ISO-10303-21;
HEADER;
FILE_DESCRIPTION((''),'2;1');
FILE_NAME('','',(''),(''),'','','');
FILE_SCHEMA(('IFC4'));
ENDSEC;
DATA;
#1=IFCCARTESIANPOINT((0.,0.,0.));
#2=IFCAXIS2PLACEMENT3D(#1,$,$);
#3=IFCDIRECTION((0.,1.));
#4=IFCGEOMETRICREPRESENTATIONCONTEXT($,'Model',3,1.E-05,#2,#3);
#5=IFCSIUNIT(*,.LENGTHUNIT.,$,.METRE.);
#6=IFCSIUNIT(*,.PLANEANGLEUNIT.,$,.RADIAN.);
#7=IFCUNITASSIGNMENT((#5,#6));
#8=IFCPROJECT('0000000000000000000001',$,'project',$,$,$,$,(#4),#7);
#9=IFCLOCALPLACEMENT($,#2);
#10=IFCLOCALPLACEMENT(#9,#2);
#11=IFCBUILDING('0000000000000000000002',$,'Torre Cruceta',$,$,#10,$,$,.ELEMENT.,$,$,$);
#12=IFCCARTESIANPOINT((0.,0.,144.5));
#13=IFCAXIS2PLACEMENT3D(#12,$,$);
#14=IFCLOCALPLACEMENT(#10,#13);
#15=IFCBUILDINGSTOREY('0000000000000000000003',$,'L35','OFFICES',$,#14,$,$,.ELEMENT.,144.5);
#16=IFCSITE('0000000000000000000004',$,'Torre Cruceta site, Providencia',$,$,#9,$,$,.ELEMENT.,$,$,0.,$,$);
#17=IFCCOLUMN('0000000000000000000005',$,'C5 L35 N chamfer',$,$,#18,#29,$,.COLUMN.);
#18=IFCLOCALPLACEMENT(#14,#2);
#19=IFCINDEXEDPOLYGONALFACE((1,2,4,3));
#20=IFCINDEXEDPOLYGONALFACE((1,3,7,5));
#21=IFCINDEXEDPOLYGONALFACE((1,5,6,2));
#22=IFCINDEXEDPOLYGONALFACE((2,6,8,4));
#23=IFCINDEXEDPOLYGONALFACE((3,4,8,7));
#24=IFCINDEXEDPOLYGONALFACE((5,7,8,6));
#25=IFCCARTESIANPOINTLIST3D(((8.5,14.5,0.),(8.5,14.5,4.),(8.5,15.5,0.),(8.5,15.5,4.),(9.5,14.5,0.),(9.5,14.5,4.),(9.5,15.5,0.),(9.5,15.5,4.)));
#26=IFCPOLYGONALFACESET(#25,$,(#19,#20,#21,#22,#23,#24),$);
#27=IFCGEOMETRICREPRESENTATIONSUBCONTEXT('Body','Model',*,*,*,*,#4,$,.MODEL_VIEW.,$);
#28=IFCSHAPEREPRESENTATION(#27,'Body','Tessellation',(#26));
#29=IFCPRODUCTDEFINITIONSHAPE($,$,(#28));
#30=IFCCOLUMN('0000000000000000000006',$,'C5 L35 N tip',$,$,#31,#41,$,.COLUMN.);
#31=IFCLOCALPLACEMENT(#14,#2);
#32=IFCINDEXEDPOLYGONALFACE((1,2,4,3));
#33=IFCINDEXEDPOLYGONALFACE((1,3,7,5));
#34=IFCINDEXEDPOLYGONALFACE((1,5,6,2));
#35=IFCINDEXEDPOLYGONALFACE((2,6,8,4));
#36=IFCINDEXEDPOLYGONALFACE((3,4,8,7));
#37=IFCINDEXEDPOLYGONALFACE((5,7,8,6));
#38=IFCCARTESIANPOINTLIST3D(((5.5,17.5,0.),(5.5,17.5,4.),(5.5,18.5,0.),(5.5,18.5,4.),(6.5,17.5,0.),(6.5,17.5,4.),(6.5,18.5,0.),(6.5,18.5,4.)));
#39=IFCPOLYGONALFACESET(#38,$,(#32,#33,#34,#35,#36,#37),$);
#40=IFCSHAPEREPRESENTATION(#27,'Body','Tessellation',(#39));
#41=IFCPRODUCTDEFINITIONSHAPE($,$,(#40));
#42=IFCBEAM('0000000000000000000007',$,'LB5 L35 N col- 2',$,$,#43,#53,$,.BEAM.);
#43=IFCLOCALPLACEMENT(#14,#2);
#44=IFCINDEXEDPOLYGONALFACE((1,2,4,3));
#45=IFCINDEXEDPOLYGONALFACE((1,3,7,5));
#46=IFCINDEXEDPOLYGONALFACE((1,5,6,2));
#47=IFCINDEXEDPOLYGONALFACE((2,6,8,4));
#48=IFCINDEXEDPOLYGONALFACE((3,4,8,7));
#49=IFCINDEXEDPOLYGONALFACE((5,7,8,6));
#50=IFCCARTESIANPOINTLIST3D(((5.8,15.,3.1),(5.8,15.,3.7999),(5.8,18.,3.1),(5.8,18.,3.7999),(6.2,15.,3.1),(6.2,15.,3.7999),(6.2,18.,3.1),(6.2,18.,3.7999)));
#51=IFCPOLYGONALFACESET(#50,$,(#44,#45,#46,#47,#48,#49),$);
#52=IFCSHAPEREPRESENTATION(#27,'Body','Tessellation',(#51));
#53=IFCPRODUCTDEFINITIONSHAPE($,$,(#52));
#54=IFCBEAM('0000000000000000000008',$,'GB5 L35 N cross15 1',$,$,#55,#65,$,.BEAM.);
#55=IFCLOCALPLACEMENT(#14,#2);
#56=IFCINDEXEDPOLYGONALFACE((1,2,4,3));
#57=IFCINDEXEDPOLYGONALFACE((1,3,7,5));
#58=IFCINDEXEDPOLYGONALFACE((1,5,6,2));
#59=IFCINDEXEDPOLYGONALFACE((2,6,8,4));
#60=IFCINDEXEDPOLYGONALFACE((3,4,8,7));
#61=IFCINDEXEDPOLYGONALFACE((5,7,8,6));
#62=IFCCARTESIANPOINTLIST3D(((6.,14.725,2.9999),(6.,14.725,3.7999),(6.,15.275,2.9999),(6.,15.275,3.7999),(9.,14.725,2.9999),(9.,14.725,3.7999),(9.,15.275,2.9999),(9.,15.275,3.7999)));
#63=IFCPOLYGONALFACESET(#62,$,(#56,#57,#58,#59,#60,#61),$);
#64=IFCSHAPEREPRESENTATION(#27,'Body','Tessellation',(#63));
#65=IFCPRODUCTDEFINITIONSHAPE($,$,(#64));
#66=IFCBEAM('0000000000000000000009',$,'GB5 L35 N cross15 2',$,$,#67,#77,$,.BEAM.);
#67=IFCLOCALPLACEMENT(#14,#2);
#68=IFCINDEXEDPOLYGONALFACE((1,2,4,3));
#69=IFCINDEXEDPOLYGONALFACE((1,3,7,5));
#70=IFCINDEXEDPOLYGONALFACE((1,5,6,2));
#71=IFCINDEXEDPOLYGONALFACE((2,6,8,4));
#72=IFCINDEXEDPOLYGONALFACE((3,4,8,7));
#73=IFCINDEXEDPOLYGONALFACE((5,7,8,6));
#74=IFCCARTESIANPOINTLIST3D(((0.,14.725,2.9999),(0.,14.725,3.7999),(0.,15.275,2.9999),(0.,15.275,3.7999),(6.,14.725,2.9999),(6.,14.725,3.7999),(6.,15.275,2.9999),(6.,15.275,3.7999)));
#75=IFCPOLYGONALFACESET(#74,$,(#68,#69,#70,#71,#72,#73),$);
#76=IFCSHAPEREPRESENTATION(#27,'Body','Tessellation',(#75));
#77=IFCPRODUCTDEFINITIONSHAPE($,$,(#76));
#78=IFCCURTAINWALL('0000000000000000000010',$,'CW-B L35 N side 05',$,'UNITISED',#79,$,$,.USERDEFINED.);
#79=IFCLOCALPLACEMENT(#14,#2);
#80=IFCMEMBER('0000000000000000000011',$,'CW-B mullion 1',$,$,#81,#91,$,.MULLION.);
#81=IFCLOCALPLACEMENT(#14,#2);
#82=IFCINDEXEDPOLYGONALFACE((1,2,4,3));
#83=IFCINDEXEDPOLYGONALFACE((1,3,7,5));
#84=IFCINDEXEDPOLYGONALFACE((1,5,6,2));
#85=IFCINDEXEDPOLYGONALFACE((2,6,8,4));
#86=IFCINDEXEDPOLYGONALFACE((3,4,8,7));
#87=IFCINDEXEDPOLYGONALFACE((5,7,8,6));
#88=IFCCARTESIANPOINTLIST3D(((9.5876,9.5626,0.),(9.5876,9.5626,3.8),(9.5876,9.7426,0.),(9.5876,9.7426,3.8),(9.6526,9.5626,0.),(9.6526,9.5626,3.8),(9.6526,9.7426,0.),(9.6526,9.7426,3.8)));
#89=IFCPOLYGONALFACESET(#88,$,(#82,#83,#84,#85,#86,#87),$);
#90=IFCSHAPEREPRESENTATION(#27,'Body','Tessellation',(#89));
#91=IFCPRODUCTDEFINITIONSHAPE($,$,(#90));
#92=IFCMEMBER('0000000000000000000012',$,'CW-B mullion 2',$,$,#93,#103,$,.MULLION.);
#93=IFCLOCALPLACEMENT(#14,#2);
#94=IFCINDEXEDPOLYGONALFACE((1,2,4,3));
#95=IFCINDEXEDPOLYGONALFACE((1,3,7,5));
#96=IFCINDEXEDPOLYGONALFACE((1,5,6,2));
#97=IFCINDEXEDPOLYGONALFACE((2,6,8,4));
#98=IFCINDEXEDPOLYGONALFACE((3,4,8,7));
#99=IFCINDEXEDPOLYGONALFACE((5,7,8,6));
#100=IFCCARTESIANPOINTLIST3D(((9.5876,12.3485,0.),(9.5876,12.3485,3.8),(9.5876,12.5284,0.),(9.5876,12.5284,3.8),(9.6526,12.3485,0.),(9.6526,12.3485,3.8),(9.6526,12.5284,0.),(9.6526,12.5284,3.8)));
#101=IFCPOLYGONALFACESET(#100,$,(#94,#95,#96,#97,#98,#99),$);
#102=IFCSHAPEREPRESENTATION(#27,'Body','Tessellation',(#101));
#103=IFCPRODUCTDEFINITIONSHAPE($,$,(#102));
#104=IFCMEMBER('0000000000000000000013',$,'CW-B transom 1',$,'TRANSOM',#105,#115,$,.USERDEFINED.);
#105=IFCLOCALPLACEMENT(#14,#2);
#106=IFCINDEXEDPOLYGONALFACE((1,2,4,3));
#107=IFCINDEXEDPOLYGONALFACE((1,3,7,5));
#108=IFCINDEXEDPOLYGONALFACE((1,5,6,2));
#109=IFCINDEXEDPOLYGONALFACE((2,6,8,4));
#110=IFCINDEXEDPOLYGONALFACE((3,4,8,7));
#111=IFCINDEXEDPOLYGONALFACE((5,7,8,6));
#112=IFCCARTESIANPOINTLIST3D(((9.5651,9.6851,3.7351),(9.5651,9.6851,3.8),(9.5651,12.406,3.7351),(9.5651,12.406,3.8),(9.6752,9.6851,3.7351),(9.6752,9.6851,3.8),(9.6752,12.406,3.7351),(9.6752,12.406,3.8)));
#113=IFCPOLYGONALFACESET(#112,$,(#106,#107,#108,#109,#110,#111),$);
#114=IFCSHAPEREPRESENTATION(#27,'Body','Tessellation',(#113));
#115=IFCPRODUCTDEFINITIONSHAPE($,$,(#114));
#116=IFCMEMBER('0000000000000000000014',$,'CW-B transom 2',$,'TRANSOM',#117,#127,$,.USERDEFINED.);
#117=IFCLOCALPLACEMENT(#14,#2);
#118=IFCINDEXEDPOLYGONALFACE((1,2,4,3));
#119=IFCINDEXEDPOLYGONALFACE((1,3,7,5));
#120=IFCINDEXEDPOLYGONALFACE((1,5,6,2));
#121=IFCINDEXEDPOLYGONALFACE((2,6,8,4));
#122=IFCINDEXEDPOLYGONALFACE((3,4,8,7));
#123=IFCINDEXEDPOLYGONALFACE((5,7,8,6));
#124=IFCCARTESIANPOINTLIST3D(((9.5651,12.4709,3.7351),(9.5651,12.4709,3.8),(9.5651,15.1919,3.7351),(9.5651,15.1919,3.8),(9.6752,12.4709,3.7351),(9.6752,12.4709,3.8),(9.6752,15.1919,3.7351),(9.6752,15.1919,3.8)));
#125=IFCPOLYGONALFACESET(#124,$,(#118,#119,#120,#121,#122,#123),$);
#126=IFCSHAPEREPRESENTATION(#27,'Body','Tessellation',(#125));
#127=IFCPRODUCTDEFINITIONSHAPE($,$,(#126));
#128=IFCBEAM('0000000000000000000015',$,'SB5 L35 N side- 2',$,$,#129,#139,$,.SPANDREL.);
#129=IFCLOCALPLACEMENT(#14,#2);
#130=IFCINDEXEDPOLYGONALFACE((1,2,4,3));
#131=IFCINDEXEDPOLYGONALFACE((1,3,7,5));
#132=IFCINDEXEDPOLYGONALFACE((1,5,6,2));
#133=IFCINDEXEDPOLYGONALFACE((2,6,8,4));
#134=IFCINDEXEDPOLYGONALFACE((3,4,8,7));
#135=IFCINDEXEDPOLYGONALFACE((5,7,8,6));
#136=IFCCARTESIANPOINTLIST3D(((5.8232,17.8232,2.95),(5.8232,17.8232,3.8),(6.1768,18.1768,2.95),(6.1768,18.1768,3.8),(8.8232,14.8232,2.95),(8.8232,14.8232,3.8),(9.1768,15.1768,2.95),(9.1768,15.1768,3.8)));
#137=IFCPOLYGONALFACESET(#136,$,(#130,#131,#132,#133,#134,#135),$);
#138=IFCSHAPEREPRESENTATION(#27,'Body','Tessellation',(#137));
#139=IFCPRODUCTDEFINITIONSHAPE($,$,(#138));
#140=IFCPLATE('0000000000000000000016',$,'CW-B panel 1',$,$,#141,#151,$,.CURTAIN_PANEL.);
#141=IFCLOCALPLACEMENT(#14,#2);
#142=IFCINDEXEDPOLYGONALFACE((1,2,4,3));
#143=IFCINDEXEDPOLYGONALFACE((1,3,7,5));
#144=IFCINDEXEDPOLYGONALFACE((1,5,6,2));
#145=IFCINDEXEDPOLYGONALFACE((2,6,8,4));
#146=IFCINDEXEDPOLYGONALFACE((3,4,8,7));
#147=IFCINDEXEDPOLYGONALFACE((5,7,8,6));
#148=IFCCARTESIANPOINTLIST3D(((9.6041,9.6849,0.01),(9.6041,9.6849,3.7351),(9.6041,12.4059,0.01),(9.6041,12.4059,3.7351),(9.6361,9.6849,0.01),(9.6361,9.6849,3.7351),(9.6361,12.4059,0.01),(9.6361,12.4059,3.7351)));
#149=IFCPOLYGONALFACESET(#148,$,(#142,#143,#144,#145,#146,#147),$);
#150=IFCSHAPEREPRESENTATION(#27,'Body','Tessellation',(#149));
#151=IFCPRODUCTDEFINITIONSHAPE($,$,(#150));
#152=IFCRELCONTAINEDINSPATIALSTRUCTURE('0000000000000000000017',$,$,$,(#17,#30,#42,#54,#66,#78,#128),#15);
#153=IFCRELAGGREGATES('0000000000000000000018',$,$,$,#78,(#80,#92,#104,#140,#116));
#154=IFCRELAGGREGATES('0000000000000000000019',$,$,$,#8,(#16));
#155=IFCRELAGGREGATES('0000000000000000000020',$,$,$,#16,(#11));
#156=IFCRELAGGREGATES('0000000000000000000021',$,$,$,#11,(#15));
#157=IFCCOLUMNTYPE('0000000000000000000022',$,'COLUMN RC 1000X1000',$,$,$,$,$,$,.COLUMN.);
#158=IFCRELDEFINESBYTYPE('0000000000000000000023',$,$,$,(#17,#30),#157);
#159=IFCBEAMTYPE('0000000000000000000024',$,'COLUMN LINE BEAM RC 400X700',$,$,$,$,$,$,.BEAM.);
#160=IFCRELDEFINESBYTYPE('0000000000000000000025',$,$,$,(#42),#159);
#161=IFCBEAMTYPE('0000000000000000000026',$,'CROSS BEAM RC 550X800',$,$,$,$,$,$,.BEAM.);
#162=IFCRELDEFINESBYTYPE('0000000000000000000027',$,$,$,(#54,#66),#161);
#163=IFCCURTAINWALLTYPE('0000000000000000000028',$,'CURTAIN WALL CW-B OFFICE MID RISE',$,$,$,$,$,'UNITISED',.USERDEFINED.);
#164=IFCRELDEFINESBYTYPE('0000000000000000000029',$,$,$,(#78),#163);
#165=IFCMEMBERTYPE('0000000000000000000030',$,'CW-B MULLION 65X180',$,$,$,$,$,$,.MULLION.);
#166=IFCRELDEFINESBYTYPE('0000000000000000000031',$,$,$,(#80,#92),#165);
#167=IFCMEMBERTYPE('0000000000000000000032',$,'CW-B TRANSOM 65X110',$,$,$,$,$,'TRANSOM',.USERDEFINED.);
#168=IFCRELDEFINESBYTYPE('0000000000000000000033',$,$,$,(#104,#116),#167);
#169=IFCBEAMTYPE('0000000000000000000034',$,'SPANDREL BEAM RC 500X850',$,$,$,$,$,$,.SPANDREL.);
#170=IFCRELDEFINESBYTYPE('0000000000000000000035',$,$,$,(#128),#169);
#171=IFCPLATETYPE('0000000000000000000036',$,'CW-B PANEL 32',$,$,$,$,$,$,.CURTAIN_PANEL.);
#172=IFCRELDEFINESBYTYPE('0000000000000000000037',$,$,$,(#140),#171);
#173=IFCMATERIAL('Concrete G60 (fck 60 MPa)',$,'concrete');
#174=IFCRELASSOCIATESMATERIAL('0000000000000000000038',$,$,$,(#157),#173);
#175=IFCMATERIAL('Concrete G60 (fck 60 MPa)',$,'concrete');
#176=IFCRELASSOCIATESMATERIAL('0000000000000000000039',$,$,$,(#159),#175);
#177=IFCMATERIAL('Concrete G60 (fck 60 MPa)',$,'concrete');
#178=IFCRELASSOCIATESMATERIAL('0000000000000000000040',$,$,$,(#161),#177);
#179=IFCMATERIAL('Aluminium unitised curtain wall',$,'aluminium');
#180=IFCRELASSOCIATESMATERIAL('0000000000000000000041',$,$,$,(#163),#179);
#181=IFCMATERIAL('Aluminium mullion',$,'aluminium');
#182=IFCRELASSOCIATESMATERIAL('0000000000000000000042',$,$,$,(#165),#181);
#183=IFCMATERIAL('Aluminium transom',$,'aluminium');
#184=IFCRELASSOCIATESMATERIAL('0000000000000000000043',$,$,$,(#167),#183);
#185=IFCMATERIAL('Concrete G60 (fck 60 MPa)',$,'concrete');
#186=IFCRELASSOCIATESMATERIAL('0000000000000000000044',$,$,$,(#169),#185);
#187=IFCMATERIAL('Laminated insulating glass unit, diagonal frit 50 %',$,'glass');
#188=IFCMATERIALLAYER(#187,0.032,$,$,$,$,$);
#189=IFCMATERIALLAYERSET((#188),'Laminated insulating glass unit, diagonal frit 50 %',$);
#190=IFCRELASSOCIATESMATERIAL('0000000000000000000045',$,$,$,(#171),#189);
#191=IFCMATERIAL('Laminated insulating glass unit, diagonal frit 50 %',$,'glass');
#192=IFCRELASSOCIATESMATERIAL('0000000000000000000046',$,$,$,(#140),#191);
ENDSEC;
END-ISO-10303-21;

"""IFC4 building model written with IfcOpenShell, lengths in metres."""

from ifc_helpers import new_model, si_unit, direction, frame, origin, origin_2d, place, context, subcontext, project, spatial, rectangle, extrude, material, layer, layer_set, material_profile, profile_set, type_object, element, aggregate, save


model = new_model("IFC4")

# Units and contexts
model_context = context("Model", 3, precision=1e-05, world=origin(), true_north=direction((0.0, 1.0)))
body_context = subcontext(model_context, "Body", "Model", "MODEL_VIEW")
ifc_project = project(units=[si_unit("LENGTHUNIT", "METRE"), si_unit("PLANEANGLEUNIT", "RADIAN")], contexts=[model_context])

# Site, building, storey
site_placement = place(None, origin())
site = spatial("IfcSite", under=ifc_project, at=site_placement, Name="Torre Cruceta site, Providencia", CompositionType="ELEMENT", RefElevation=0.0)
building_placement = place(site_placement, origin())
building = spatial("IfcBuilding", under=site, at=building_placement, Name="Torre Cruceta", CompositionType="ELEMENT")
storey_placement = place(building_placement, frame((0.0, 0.0, 144.5)))
storey = spatial("IfcBuildingStorey", under=building, at=storey_placement, Name="L35", Description="OFFICES", CompositionType="ELEMENT", Elevation=144.5)

# Columns
ifc_material_1 = material(Name="Concrete G60 (fck 60 MPa)", Category="concrete")
ifc_material_profile_1 = material_profile(ifc_material_1, rectangle(XDim=1.0, YDim=1.0, at=origin_2d()), Name="RC 1000X1000")
ifc_profile_set_1 = profile_set([ifc_material_profile_1], Name="Concrete G60 (fck 60 MPa)")
column_type = type_object("IfcColumnType", Name="COLUMN RC 1000X1000", PredefinedType="COLUMN", material=ifc_profile_set_1)
for number, where, z_axis, x_axis, name in (
    (1, (9.0, 15.0, 0.0), (0.0, 0.0, 1.0), (1.0, 0.0, 0.0), "C5 L35 N chamfer"),
    (2, (6.0, 18.0, 0.0), (0.0, 0.0, 1.0), (1.0, 0.0, 0.0), "C5 L35 N tip"),
):
    element("IfcColumn", number, at=place(storey_placement, frame(where, z_axis=z_axis, x_axis=x_axis)), inside=storey, type_object=column_type, Name=name, PredefinedType="COLUMN", context=body_context, shape_type="SweptSolid", body=[
        extrude(rectangle(XDim=1.0, YDim=1.0, at=origin_2d()), origin(), (0.0, 0.0, 1.0), 4.0),
    ])

# Beams
ifc_material_2 = material(Name="Concrete G60 (fck 60 MPa)", Category="concrete")
ifc_material_profile_2 = material_profile(ifc_material_2, rectangle(XDim=0.3999, YDim=0.7, at=origin_2d()), Name="RC 400X700")
ifc_profile_set_2 = profile_set([ifc_material_profile_2], Name="Concrete G60 (fck 60 MPa)")
beam_type_1 = type_object("IfcBeamType", Name="COLUMN LINE BEAM RC 400X700", PredefinedType="BEAM", material=ifc_profile_set_2)
beam_1_placement = place(storey_placement, frame((6.0, 15.0, 3.45), z_axis=(0.0, 1.0, 0.0), x_axis=(-1.0, 0.0, 0.0)))
element("IfcBeam", 3, at=beam_1_placement, inside=storey, type_object=beam_type_1, Name="LB5 L35 N col- 2", PredefinedType="BEAM", context=body_context, shape_type="SweptSolid", body=[
    extrude(rectangle(XDim=0.3999, YDim=0.7, at=origin_2d()), origin(), (0.0, 0.0, 1.0), 3.0),
])
ifc_material_3 = material(Name="Concrete G60 (fck 60 MPa)", Category="concrete")
ifc_material_profile_3 = material_profile(ifc_material_3, rectangle(XDim=0.55, YDim=0.8, at=origin_2d()), Name="RC 550X800")
ifc_profile_set_3 = profile_set([ifc_material_profile_3], Name="Concrete G60 (fck 60 MPa)")
beam_type_2 = type_object("IfcBeamType", Name="CROSS BEAM RC 550X800", PredefinedType="BEAM", material=ifc_profile_set_3)
beam_2_placement = place(storey_placement, frame((9.0, 15.0, 3.3999), z_axis=(-1.0, 0.0, 0.0), x_axis=(0.0, -1.0, 0.0)))
element("IfcBeam", 4, at=beam_2_placement, inside=storey, type_object=beam_type_2, Name="GB5 L35 N cross15 1", PredefinedType="BEAM", context=body_context, shape_type="SweptSolid", body=[
    extrude(rectangle(XDim=0.55, YDim=0.8, at=origin_2d()), origin(), (0.0, 0.0, 1.0), 3.0),
])
beam_3_placement = place(storey_placement, frame((6.0, 15.0, 3.3999), z_axis=(-1.0, 0.0, 0.0), x_axis=(0.0, -1.0, 0.0)))
element("IfcBeam", 5, at=beam_3_placement, inside=storey, type_object=beam_type_2, Name="GB5 L35 N cross15 2", PredefinedType="BEAM", context=body_context, shape_type="SweptSolid", body=[
    extrude(rectangle(XDim=0.55, YDim=0.8, at=origin_2d()), origin(), (0.0, 0.0, 1.0), 6.0),
])

# Curtain wall, members
ifc_material_4 = material(Name="Aluminium unitised curtain wall", Category="aluminium")
curtain_wall_type = type_object("IfcCurtainWallType", Name="CURTAIN WALL CW-B OFFICE MID RISE", ElementType="UNITISED", PredefinedType="USERDEFINED", material=ifc_material_4)
curtain_wall_placement = place(storey_placement, origin())
curtain_wall = element("IfcCurtainWall", 6, at=curtain_wall_placement, inside=storey, type_object=curtain_wall_type, Name="CW-B L35 N side 05", ObjectType="UNITISED", PredefinedType="USERDEFINED")
ifc_material_5 = material(Name="Aluminium mullion", Category="aluminium")
ifc_material_profile_4 = material_profile(ifc_material_5, rectangle(XDim=0.0649, YDim=0.1799, at=origin_2d()), Name="AL 65X180")
ifc_profile_set_4 = profile_set([ifc_material_profile_4], Name="Aluminium mullion")
member_type_1 = type_object("IfcMemberType", Name="CW-B MULLION 65X180", PredefinedType="MULLION", material=ifc_profile_set_4)
member_1_placement = place(storey_placement, frame((9.6201, 9.6526, 0.0), z_axis=(0.0, 0.0, 1.0), x_axis=(-1.0, 0.0, 0.0)))
member_1 = element("IfcMember", 7, at=member_1_placement, type_object=member_type_1, Name="CW-B mullion 1", PredefinedType="MULLION", context=body_context, shape_type="SweptSolid", body=[
    extrude(rectangle(XDim=0.0649, YDim=0.1799, at=origin_2d()), origin(), (0.0, 0.0, 1.0), 3.8),
])
member_2_placement = place(storey_placement, frame((9.6201, 12.4385, 0.0), z_axis=(0.0, 0.0, 1.0), x_axis=(-1.0, 0.0, 0.0)))
member_2 = element("IfcMember", 8, at=member_2_placement, type_object=member_type_1, Name="CW-B mullion 2", PredefinedType="MULLION", context=body_context, shape_type="SweptSolid", body=[
    extrude(rectangle(XDim=0.0649, YDim=0.1799, at=origin_2d()), origin(), (0.0, 0.0, 1.0), 3.8),
])
ifc_material_6 = material(Name="Aluminium transom", Category="aluminium")
ifc_material_profile_5 = material_profile(ifc_material_6, rectangle(XDim=0.1101, YDim=0.0649, at=origin_2d()), Name="AL 110X65")
ifc_profile_set_5 = profile_set([ifc_material_profile_5], Name="Aluminium transom")
member_type_2 = type_object("IfcMemberType", Name="CW-B TRANSOM 65X110", ElementType="TRANSOM", PredefinedType="USERDEFINED", material=ifc_profile_set_5)
member_3_placement = place(storey_placement, frame((9.6201, 9.6851, 3.7676), z_axis=(0.0, 1.0, 0.0), x_axis=(-1.0, 0.0, 0.0)))
member_3 = element("IfcMember", 9, at=member_3_placement, type_object=member_type_2, Name="CW-B transom 1", ObjectType="TRANSOM", PredefinedType="USERDEFINED", context=body_context, shape_type="SweptSolid", body=[
    extrude(rectangle(XDim=0.1101, YDim=0.0649, at=origin_2d()), origin(), (0.0, 0.0, 1.0), 2.7209),
])
member_4_placement = place(storey_placement, frame((9.6201, 12.4709, 3.7676), z_axis=(0.0, 1.0, 0.0), x_axis=(-1.0, 0.0, 0.0)))
member_4 = element("IfcMember", 10, at=member_4_placement, type_object=member_type_2, Name="CW-B transom 2", ObjectType="TRANSOM", PredefinedType="USERDEFINED", context=body_context, shape_type="SweptSolid", body=[
    extrude(rectangle(XDim=0.1101, YDim=0.0649, at=origin_2d()), origin(), (0.0, 0.0, 1.0), 2.7209),
])

# Beam
ifc_material_7 = material(Name="Concrete G60 (fck 60 MPa)", Category="concrete")
ifc_material_profile_6 = material_profile(ifc_material_7, rectangle(XDim=0.5, YDim=0.8501, at=origin_2d()), Name="RC 500X850")
ifc_profile_set_6 = profile_set([ifc_material_profile_6], Name="Concrete G60 (fck 60 MPa)")
beam_type_3 = type_object("IfcBeamType", Name="SPANDREL BEAM RC 500X850", PredefinedType="SPANDREL", material=ifc_profile_set_6)
beam_4_placement = place(storey_placement, frame((9.0, 15.0, 3.375), z_axis=(-0.707107, 0.707107, 0.0), x_axis=(-0.707107, -0.707107, 0.0)))
element("IfcBeam", 11, at=beam_4_placement, inside=storey, type_object=beam_type_3, Name="SB5 L35 N side- 2", PredefinedType="SPANDREL", context=body_context, shape_type="SweptSolid", body=[
    extrude(rectangle(XDim=0.5, YDim=0.8501, at=origin_2d()), origin(), (0.0, 0.0, 1.0), 4.2427),
])

# Plate
ifc_material_8 = material(Name="Laminated insulating glass unit, diagonal frit 50 %", Category="glass")
ifc_material_9 = material(Name="Laminated insulating glass unit, diagonal frit 50 %", Category="glass")
ifc_layer_1 = layer(ifc_material_9, 0.032)
ifc_layer_set_1 = layer_set([ifc_layer_1], Name="Laminated insulating glass unit, diagonal frit 50 %")
plate_type = type_object("IfcPlateType", Name="CW-B PANEL 32", PredefinedType="CURTAIN_PANEL", material=ifc_layer_set_1)
plate_placement = place(storey_placement, frame((9.6201, 11.0454, 0.01), z_axis=(0.0, 0.0, 1.0), x_axis=(0.0, 1.0, 0.0)))
plate = element("IfcPlate", 12, at=plate_placement, type_object=plate_type, material=ifc_material_8, Name="CW-B panel 1", PredefinedType="CURTAIN_PANEL", context=body_context, shape_type="SweptSolid", body=[
    extrude(rectangle(XDim=2.7209, YDim=0.032, at=origin_2d()), origin(), (0.0, 0.0, 1.0), 3.7251),
])
aggregate(curtain_wall, [member_1, member_2, member_3, plate, member_4])

save(model, "model.ifc")
